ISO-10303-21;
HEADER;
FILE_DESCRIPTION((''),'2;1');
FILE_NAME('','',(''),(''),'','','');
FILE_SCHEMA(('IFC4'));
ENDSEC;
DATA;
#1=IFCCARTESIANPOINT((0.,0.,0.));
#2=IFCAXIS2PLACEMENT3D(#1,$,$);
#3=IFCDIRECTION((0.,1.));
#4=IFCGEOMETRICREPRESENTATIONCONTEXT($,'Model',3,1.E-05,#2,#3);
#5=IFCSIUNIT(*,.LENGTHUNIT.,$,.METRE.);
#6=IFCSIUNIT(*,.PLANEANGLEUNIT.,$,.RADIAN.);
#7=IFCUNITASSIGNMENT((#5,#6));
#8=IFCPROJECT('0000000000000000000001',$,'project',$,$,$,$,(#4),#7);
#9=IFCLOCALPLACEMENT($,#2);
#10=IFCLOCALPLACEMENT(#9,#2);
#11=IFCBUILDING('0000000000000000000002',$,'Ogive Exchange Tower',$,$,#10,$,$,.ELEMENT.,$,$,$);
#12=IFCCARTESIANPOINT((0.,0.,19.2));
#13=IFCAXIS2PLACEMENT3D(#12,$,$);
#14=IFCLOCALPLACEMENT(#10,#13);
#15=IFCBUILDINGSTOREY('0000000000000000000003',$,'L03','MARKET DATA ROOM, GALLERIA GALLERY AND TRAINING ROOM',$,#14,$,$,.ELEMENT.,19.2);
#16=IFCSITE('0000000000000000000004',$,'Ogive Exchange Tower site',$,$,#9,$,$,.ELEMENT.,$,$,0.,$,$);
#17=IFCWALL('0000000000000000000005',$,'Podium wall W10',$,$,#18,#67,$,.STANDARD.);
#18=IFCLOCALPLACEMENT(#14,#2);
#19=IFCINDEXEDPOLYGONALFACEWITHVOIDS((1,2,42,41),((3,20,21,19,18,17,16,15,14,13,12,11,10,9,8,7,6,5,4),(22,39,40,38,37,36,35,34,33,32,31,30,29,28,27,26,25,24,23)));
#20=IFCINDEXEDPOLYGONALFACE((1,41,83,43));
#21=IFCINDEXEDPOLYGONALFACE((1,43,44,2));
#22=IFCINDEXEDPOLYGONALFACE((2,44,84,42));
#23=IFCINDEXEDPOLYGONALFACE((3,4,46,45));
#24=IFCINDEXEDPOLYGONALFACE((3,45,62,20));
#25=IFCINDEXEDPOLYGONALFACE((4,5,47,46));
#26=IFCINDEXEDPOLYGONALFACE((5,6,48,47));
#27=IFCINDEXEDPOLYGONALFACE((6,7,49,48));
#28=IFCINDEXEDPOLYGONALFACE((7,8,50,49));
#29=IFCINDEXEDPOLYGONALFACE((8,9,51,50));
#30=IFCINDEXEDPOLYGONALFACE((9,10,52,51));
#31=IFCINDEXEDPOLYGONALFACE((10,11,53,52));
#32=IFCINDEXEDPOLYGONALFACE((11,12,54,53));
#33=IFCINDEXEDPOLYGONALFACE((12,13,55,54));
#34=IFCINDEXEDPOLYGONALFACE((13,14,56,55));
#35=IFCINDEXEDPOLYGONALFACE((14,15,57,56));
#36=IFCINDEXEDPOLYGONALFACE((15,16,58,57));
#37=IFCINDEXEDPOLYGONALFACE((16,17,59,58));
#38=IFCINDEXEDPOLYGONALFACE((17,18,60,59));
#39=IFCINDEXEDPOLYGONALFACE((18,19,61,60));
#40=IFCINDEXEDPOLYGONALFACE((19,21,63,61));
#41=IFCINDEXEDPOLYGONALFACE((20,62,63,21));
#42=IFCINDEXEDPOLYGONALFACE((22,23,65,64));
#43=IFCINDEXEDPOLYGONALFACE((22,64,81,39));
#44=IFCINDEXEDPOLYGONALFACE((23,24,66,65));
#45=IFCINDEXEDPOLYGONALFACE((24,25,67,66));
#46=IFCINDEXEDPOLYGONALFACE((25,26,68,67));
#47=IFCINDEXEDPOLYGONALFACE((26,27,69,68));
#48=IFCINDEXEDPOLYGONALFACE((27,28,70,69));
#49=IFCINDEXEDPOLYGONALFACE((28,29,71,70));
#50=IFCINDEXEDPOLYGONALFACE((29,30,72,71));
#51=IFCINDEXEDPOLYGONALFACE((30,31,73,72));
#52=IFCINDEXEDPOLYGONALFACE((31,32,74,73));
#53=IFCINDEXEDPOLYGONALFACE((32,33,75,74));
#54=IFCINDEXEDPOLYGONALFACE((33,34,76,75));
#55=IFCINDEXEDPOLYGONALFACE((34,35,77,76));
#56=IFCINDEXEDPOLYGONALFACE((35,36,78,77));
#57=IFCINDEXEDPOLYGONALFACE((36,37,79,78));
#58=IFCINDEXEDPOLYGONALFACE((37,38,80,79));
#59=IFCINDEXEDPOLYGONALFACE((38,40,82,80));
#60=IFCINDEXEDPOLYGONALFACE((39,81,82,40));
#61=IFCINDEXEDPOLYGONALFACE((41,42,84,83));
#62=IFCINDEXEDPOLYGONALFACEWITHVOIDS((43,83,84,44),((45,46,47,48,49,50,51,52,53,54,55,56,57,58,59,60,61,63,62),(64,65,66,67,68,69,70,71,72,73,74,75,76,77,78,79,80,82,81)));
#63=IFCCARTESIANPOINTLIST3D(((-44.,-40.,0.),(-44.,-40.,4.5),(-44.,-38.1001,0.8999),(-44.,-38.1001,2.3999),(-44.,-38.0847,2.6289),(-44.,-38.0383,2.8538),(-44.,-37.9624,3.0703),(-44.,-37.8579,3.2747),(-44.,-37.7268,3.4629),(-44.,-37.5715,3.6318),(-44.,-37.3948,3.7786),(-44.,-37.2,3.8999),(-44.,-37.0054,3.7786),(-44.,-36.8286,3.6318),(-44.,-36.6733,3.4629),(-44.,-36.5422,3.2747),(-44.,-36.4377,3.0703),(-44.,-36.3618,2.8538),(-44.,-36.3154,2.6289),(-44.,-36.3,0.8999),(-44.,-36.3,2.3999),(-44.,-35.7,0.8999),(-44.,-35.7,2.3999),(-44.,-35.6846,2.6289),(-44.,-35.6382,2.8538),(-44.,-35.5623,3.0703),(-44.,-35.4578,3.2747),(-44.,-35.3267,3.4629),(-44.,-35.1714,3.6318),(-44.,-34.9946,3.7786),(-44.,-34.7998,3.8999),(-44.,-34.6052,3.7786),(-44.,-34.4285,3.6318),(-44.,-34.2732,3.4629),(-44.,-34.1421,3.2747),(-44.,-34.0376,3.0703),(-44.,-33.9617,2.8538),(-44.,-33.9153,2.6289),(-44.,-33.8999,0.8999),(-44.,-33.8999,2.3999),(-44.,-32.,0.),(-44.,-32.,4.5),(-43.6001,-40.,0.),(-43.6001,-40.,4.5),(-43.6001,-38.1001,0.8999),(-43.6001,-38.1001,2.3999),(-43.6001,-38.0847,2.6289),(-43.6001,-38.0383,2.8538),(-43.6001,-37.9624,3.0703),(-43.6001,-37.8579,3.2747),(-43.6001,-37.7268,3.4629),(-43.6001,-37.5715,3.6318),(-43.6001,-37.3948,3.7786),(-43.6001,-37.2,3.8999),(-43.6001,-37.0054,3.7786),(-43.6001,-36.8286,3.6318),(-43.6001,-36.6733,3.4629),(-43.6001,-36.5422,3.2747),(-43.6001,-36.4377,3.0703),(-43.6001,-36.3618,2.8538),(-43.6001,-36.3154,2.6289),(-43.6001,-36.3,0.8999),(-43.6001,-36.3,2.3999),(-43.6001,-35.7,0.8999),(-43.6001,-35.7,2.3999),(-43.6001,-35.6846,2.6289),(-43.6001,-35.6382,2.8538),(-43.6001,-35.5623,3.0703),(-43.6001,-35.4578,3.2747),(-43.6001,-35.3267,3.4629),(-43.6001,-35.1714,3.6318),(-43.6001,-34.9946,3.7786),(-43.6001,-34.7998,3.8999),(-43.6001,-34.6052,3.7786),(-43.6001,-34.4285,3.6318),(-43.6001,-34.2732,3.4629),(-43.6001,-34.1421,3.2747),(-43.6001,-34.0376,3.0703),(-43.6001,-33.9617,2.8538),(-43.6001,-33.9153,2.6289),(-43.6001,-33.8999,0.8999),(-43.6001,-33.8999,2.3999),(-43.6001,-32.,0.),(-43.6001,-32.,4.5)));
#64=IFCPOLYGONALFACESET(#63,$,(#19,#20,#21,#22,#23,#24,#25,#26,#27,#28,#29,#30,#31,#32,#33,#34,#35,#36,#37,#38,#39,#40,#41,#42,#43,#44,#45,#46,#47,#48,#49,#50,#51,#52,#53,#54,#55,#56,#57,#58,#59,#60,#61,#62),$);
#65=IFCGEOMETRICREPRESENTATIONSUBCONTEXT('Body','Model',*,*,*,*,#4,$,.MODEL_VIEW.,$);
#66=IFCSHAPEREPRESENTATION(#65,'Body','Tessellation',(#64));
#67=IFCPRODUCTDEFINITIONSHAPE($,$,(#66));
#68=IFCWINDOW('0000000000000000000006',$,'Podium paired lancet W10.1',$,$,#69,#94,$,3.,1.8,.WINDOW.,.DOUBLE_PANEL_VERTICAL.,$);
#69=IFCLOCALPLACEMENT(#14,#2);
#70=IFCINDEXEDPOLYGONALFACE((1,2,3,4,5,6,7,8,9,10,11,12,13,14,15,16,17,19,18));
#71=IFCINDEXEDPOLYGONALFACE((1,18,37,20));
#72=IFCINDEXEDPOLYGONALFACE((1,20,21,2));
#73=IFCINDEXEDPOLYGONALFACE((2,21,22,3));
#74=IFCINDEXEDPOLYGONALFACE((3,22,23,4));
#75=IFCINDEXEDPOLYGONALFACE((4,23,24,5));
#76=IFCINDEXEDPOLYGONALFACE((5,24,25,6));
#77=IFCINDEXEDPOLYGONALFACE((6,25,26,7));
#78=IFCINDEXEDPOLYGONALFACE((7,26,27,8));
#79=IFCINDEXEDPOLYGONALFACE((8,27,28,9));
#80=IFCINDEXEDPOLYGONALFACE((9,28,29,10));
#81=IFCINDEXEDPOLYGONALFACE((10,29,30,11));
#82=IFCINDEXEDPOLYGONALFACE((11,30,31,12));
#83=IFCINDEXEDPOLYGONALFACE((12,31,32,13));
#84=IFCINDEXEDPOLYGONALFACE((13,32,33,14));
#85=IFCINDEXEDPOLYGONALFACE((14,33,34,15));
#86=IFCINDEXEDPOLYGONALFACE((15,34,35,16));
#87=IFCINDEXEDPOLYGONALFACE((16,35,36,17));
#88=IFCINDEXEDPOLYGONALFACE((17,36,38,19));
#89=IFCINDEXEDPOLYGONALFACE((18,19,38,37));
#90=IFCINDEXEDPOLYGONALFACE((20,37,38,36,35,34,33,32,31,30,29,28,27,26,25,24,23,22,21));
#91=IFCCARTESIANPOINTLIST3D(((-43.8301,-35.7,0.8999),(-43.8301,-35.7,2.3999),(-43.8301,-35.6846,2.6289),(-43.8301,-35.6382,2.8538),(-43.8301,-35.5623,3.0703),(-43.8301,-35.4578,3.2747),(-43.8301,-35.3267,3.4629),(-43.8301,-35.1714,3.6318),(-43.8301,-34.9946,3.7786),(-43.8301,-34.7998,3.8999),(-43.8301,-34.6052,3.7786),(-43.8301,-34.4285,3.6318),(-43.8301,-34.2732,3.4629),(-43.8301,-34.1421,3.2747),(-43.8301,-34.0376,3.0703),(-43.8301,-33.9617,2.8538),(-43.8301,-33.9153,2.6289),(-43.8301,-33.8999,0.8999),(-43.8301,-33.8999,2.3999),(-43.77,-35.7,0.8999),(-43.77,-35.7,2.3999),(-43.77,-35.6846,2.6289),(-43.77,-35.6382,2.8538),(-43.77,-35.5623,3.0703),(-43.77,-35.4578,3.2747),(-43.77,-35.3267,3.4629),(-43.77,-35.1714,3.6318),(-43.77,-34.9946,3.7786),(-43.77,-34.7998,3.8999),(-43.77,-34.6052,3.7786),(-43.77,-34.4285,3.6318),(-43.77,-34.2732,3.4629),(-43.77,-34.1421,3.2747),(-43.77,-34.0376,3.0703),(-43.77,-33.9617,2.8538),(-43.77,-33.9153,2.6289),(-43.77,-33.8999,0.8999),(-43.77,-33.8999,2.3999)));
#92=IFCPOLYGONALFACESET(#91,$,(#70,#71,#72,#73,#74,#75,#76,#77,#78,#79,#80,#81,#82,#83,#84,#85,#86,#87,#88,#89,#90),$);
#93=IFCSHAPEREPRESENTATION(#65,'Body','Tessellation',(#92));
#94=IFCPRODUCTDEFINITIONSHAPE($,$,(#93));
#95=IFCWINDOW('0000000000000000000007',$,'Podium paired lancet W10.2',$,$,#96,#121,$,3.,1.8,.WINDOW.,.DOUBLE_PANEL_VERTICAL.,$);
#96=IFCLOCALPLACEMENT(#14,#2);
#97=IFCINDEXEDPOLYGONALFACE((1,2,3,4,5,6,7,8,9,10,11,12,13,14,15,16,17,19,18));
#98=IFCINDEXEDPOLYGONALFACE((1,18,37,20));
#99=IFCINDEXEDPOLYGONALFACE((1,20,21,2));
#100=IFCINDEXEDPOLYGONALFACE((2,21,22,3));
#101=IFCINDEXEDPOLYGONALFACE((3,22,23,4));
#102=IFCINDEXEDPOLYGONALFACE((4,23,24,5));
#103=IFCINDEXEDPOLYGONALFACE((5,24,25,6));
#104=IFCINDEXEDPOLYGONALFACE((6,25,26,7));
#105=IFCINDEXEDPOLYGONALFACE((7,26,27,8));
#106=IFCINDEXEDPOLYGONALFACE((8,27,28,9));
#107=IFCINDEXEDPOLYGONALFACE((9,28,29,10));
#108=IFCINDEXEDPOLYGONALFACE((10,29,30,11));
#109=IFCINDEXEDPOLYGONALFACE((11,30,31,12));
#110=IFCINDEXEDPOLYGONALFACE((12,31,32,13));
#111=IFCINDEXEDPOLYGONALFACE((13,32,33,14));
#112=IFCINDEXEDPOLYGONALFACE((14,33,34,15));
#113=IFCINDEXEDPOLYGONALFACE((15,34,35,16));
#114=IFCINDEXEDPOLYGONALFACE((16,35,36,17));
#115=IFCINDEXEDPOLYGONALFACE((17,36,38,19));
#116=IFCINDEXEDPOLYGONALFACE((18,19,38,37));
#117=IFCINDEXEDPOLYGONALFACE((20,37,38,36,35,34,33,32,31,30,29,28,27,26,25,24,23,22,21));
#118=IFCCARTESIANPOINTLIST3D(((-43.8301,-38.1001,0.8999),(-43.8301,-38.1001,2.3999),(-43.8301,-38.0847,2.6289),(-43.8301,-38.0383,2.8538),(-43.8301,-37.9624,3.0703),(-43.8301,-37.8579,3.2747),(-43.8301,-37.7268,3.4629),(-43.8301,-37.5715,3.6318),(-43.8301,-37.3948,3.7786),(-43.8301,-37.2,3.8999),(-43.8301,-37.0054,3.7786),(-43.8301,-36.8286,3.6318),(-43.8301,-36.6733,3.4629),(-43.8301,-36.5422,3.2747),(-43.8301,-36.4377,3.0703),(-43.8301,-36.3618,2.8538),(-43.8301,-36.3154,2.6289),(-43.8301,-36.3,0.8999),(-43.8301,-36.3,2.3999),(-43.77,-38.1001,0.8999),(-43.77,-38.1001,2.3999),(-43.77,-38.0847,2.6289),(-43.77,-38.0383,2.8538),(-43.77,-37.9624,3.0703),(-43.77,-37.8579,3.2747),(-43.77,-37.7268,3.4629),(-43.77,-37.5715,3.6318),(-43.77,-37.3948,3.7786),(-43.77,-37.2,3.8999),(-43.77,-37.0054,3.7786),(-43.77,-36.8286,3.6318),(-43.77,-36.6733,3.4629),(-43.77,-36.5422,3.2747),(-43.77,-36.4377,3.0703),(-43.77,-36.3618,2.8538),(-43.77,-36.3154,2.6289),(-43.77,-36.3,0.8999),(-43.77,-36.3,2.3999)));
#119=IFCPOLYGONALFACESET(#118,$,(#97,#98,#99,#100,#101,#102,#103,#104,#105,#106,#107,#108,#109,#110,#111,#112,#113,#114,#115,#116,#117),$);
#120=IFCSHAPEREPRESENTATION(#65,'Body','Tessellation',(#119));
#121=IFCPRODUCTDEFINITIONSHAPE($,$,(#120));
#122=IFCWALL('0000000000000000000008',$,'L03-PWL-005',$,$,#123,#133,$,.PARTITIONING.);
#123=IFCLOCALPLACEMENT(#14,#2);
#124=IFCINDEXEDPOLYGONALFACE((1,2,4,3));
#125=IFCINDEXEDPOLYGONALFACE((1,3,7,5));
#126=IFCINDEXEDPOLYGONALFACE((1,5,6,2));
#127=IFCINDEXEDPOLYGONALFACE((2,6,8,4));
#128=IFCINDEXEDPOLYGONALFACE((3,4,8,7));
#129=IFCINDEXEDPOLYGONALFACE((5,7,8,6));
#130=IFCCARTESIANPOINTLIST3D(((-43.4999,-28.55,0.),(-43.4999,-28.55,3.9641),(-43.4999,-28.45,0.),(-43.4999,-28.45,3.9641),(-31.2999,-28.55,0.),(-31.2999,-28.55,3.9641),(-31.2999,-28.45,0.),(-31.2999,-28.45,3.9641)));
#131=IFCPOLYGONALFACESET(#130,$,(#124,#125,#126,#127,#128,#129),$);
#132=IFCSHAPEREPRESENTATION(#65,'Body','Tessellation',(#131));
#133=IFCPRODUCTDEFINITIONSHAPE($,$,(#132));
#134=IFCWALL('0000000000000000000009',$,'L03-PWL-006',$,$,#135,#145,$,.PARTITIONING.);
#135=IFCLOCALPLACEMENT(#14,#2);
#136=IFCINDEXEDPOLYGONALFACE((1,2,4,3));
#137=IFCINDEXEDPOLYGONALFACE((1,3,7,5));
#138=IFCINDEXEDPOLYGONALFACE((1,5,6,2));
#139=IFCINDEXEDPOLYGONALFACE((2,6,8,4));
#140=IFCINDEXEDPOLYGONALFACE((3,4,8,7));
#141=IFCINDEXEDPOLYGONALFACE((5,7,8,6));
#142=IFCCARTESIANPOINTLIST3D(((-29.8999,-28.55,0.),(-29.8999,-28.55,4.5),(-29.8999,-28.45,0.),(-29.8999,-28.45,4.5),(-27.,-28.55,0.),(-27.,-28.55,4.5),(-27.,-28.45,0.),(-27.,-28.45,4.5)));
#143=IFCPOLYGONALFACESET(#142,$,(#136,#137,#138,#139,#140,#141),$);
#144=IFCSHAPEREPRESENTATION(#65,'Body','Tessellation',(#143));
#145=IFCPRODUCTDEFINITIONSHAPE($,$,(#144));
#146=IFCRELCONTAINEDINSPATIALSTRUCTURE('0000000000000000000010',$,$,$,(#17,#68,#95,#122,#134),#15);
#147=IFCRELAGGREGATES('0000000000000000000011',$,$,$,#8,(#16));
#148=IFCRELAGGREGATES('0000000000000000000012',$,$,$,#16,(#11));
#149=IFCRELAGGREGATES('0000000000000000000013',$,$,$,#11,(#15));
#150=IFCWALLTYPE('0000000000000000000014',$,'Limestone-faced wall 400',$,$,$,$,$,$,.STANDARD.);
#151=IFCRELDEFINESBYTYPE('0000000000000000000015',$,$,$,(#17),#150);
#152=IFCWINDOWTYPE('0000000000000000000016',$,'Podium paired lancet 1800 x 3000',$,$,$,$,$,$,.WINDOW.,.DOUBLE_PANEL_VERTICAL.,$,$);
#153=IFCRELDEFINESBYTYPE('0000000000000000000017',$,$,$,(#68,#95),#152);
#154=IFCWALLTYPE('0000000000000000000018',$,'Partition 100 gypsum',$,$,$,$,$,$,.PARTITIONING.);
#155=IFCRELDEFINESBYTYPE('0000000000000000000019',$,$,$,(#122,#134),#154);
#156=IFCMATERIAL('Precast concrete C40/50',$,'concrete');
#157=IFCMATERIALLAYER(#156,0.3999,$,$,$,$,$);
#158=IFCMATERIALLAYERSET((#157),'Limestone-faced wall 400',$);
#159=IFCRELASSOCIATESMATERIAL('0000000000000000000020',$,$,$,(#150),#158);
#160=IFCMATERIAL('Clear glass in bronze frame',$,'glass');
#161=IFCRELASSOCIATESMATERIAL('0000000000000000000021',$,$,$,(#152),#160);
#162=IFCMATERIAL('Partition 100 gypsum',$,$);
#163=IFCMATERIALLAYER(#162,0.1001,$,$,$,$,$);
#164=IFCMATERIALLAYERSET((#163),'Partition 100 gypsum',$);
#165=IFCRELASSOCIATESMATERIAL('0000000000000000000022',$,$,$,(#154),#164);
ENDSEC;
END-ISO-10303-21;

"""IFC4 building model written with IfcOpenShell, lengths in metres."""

from ifc_helpers import new_model, si_unit, direction, frame, frame_2d, origin, place, context, subcontext, project, spatial, polyline, rectangle, outline, extrude, material, layer, layer_set, type_object, element, fill, save


model = new_model("IFC4")

# Units and contexts
model_context = context("Model", 3, precision=1e-05, world=origin(), true_north=direction((0.0, 1.0)))
body_context = subcontext(model_context, "Body", "Model", "MODEL_VIEW")
ifc_project = project(units=[si_unit("LENGTHUNIT", "METRE"), si_unit("PLANEANGLEUNIT", "RADIAN")], contexts=[model_context])

# Site, building, storey
site_placement = place(None, origin())
site = spatial("IfcSite", under=ifc_project, at=site_placement, Name="Ogive Exchange Tower site", CompositionType="ELEMENT", RefElevation=0.0)
building_placement = place(site_placement, origin())
building = spatial("IfcBuilding", under=site, at=building_placement, Name="Ogive Exchange Tower", CompositionType="ELEMENT")
storey_placement = place(building_placement, frame((0.0, 0.0, 19.2)))
storey = spatial("IfcBuildingStorey", under=building, at=storey_placement, Name="L03", Description="MARKET DATA ROOM, GALLERIA GALLERY AND TRAINING ROOM", CompositionType="ELEMENT", Elevation=19.2)

# Wall, openings, windows
ifc_material_1 = material(Name="Precast concrete C40/50", Category="concrete")
ifc_layer_1 = layer(ifc_material_1, 0.3999)
ifc_layer_set_1 = layer_set([ifc_layer_1], Name="Limestone-faced wall 400")
wall_type_1 = type_object("IfcWallType", Name="Limestone-faced wall 400", PredefinedType="STANDARD", material=ifc_layer_set_1)
wall_1_placement = place(storey_placement, frame((-43.8, -32.0, 0.0), z_axis=(0.0, 0.0, 1.0), x_axis=(0.0, -1.0, 0.0)))
wall_1 = element("IfcWall", 1, at=wall_1_placement, inside=storey, type_object=wall_type_1, Name="Podium wall W10", PredefinedType="STANDARD", context=body_context, shape_type="SweptSolid", body=[
    extrude(rectangle(XDim=8.0, YDim=0.3999, at=frame_2d((4.0, 0.0))), origin(), (0.0, 0.0, 1.0), 4.5),
])
opening_1_placement = place(wall_1_placement, frame((1.8999, 0.0, 0.8999)))
opening_1 = element("IfcOpeningElement", 2, at=opening_1_placement, cuts=wall_1, PredefinedType="OPENING", context=body_context, shape_type="SweptSolid", body=[
    extrude(outline(polyline([(0.0, 0.0), (1.8, 0.0), (1.8, 1.5), (1.7847, 1.729), (1.7383, 1.9539), (1.6624, 2.1704), (1.5579, 2.3748), (1.4268, 2.563), (1.2715, 2.7319), (1.0947, 2.8787), (0.8999, 3.0), (0.7053, 2.8787), (0.5286, 2.7319), (0.3733, 2.563), (0.2422, 2.3748), (0.1377, 2.1704), (0.0618, 1.9539), (0.0154, 1.729), (0.0, 1.5), (0.0, 0.0)])), frame((0.0, 0.21, 0.0), z_axis=(0.0, -1.0, 0.0), x_axis=(1.0, 0.0, 0.0)), (0.0, 0.0, 1.0), 0.4199),
])
opening_2_placement = place(wall_1_placement, frame((4.3, 0.0, 0.8999)))
opening_2 = element("IfcOpeningElement", 3, at=opening_2_placement, cuts=wall_1, PredefinedType="OPENING", context=body_context, shape_type="SweptSolid", body=[
    extrude(outline(polyline([(0.0, 0.0), (1.8, 0.0), (1.8, 1.5), (1.7847, 1.729), (1.7383, 1.9539), (1.6624, 2.1704), (1.5579, 2.3748), (1.4268, 2.563), (1.2715, 2.7319), (1.0947, 2.8787), (0.8999, 3.0), (0.7053, 2.8787), (0.5286, 2.7319), (0.3733, 2.563), (0.2422, 2.3748), (0.1377, 2.1704), (0.0618, 1.9539), (0.0154, 1.729), (0.0, 1.5), (0.0, 0.0)])), frame((0.0, 0.21, 0.0), z_axis=(0.0, -1.0, 0.0), x_axis=(1.0, 0.0, 0.0)), (0.0, 0.0, 1.0), 0.4199),
])
ifc_material_2 = material(Name="Clear glass in bronze frame", Category="glass")
window_type = type_object("IfcWindowType", Name="Podium paired lancet 1800 x 3000", PartitioningType="DOUBLE_PANEL_VERTICAL", PredefinedType="WINDOW", material=ifc_material_2)
window_1_placement = place(opening_1_placement, origin())
window_1 = element("IfcWindow", 4, at=window_1_placement, inside=storey, type_object=window_type, Name="Podium paired lancet W10.1", OverallHeight=3.0, OverallWidth=1.8, PartitioningType="DOUBLE_PANEL_VERTICAL", PredefinedType="WINDOW", context=body_context, shape_type="SweptSolid", body=[
    extrude(outline(polyline([(0.0, 0.0), (1.8, 0.0), (1.8, 1.5), (1.7847, 1.729), (1.7383, 1.9539), (1.6624, 2.1704), (1.5579, 2.3748), (1.4268, 2.563), (1.2715, 2.7319), (1.0947, 2.8787), (0.8999, 3.0), (0.7053, 2.8787), (0.5286, 2.7319), (0.3733, 2.563), (0.2422, 2.3748), (0.1377, 2.1704), (0.0618, 1.9539), (0.0154, 1.729), (0.0, 1.5), (0.0, 0.0)])), frame((0.0, 0.03, 0.0), z_axis=(0.0, -1.0, 0.0), x_axis=(1.0, 0.0, 0.0)), (0.0, 0.0, 1.0), 0.0601),
])
fill(opening_1, window_1)
window_2_placement = place(opening_2_placement, origin())
window_2 = element("IfcWindow", 5, at=window_2_placement, inside=storey, type_object=window_type, Name="Podium paired lancet W10.2", OverallHeight=3.0, OverallWidth=1.8, PartitioningType="DOUBLE_PANEL_VERTICAL", PredefinedType="WINDOW", context=body_context, shape_type="SweptSolid", body=[
    extrude(outline(polyline([(0.0, 0.0), (1.8, 0.0), (1.8, 1.5), (1.7847, 1.729), (1.7383, 1.9539), (1.6624, 2.1704), (1.5579, 2.3748), (1.4268, 2.563), (1.2715, 2.7319), (1.0947, 2.8787), (0.8999, 3.0), (0.7053, 2.8787), (0.5286, 2.7319), (0.3733, 2.563), (0.2422, 2.3748), (0.1377, 2.1704), (0.0618, 1.9539), (0.0154, 1.729), (0.0, 1.5), (0.0, 0.0)])), frame((0.0, 0.03, 0.0), z_axis=(0.0, -1.0, 0.0), x_axis=(1.0, 0.0, 0.0)), (0.0, 0.0, 1.0), 0.0601),
])
fill(opening_2, window_2)

# Walls
ifc_material_3 = material(Name="Partition 100 gypsum")
ifc_layer_2 = layer(ifc_material_3, 0.1001)
ifc_layer_set_2 = layer_set([ifc_layer_2], Name="Partition 100 gypsum")
wall_type_2 = type_object("IfcWallType", Name="Partition 100 gypsum", PredefinedType="PARTITIONING", material=ifc_layer_set_2)
wall_2_placement = place(storey_placement, frame((-43.5, -28.5, 0.0), z_axis=(0.0, 0.0, 1.0), x_axis=(1.0, 0.0, 0.0)))
element("IfcWall", 6, at=wall_2_placement, inside=storey, type_object=wall_type_2, Name="L03-PWL-005", PredefinedType="PARTITIONING", context=body_context, shape_type="SweptSolid", body=[
    extrude(rectangle(XDim=12.2, YDim=0.1001, at=frame_2d((6.1001, 0.0))), origin(), (0.0, 0.0, 1.0), 3.9641),
])
wall_3_placement = place(storey_placement, frame((-29.8999, -28.5, 0.0), z_axis=(0.0, 0.0, 1.0), x_axis=(1.0, 0.0, 0.0)))
element("IfcWall", 7, at=wall_3_placement, inside=storey, type_object=wall_type_2, Name="L03-PWL-006", PredefinedType="PARTITIONING", context=body_context, shape_type="SweptSolid", body=[
    extrude(rectangle(XDim=2.8999, YDim=0.1001, at=frame_2d((1.45, 0.0))), origin(), (0.0, 0.0, 1.0), 4.5),
])

save(model, "model.ifc")
